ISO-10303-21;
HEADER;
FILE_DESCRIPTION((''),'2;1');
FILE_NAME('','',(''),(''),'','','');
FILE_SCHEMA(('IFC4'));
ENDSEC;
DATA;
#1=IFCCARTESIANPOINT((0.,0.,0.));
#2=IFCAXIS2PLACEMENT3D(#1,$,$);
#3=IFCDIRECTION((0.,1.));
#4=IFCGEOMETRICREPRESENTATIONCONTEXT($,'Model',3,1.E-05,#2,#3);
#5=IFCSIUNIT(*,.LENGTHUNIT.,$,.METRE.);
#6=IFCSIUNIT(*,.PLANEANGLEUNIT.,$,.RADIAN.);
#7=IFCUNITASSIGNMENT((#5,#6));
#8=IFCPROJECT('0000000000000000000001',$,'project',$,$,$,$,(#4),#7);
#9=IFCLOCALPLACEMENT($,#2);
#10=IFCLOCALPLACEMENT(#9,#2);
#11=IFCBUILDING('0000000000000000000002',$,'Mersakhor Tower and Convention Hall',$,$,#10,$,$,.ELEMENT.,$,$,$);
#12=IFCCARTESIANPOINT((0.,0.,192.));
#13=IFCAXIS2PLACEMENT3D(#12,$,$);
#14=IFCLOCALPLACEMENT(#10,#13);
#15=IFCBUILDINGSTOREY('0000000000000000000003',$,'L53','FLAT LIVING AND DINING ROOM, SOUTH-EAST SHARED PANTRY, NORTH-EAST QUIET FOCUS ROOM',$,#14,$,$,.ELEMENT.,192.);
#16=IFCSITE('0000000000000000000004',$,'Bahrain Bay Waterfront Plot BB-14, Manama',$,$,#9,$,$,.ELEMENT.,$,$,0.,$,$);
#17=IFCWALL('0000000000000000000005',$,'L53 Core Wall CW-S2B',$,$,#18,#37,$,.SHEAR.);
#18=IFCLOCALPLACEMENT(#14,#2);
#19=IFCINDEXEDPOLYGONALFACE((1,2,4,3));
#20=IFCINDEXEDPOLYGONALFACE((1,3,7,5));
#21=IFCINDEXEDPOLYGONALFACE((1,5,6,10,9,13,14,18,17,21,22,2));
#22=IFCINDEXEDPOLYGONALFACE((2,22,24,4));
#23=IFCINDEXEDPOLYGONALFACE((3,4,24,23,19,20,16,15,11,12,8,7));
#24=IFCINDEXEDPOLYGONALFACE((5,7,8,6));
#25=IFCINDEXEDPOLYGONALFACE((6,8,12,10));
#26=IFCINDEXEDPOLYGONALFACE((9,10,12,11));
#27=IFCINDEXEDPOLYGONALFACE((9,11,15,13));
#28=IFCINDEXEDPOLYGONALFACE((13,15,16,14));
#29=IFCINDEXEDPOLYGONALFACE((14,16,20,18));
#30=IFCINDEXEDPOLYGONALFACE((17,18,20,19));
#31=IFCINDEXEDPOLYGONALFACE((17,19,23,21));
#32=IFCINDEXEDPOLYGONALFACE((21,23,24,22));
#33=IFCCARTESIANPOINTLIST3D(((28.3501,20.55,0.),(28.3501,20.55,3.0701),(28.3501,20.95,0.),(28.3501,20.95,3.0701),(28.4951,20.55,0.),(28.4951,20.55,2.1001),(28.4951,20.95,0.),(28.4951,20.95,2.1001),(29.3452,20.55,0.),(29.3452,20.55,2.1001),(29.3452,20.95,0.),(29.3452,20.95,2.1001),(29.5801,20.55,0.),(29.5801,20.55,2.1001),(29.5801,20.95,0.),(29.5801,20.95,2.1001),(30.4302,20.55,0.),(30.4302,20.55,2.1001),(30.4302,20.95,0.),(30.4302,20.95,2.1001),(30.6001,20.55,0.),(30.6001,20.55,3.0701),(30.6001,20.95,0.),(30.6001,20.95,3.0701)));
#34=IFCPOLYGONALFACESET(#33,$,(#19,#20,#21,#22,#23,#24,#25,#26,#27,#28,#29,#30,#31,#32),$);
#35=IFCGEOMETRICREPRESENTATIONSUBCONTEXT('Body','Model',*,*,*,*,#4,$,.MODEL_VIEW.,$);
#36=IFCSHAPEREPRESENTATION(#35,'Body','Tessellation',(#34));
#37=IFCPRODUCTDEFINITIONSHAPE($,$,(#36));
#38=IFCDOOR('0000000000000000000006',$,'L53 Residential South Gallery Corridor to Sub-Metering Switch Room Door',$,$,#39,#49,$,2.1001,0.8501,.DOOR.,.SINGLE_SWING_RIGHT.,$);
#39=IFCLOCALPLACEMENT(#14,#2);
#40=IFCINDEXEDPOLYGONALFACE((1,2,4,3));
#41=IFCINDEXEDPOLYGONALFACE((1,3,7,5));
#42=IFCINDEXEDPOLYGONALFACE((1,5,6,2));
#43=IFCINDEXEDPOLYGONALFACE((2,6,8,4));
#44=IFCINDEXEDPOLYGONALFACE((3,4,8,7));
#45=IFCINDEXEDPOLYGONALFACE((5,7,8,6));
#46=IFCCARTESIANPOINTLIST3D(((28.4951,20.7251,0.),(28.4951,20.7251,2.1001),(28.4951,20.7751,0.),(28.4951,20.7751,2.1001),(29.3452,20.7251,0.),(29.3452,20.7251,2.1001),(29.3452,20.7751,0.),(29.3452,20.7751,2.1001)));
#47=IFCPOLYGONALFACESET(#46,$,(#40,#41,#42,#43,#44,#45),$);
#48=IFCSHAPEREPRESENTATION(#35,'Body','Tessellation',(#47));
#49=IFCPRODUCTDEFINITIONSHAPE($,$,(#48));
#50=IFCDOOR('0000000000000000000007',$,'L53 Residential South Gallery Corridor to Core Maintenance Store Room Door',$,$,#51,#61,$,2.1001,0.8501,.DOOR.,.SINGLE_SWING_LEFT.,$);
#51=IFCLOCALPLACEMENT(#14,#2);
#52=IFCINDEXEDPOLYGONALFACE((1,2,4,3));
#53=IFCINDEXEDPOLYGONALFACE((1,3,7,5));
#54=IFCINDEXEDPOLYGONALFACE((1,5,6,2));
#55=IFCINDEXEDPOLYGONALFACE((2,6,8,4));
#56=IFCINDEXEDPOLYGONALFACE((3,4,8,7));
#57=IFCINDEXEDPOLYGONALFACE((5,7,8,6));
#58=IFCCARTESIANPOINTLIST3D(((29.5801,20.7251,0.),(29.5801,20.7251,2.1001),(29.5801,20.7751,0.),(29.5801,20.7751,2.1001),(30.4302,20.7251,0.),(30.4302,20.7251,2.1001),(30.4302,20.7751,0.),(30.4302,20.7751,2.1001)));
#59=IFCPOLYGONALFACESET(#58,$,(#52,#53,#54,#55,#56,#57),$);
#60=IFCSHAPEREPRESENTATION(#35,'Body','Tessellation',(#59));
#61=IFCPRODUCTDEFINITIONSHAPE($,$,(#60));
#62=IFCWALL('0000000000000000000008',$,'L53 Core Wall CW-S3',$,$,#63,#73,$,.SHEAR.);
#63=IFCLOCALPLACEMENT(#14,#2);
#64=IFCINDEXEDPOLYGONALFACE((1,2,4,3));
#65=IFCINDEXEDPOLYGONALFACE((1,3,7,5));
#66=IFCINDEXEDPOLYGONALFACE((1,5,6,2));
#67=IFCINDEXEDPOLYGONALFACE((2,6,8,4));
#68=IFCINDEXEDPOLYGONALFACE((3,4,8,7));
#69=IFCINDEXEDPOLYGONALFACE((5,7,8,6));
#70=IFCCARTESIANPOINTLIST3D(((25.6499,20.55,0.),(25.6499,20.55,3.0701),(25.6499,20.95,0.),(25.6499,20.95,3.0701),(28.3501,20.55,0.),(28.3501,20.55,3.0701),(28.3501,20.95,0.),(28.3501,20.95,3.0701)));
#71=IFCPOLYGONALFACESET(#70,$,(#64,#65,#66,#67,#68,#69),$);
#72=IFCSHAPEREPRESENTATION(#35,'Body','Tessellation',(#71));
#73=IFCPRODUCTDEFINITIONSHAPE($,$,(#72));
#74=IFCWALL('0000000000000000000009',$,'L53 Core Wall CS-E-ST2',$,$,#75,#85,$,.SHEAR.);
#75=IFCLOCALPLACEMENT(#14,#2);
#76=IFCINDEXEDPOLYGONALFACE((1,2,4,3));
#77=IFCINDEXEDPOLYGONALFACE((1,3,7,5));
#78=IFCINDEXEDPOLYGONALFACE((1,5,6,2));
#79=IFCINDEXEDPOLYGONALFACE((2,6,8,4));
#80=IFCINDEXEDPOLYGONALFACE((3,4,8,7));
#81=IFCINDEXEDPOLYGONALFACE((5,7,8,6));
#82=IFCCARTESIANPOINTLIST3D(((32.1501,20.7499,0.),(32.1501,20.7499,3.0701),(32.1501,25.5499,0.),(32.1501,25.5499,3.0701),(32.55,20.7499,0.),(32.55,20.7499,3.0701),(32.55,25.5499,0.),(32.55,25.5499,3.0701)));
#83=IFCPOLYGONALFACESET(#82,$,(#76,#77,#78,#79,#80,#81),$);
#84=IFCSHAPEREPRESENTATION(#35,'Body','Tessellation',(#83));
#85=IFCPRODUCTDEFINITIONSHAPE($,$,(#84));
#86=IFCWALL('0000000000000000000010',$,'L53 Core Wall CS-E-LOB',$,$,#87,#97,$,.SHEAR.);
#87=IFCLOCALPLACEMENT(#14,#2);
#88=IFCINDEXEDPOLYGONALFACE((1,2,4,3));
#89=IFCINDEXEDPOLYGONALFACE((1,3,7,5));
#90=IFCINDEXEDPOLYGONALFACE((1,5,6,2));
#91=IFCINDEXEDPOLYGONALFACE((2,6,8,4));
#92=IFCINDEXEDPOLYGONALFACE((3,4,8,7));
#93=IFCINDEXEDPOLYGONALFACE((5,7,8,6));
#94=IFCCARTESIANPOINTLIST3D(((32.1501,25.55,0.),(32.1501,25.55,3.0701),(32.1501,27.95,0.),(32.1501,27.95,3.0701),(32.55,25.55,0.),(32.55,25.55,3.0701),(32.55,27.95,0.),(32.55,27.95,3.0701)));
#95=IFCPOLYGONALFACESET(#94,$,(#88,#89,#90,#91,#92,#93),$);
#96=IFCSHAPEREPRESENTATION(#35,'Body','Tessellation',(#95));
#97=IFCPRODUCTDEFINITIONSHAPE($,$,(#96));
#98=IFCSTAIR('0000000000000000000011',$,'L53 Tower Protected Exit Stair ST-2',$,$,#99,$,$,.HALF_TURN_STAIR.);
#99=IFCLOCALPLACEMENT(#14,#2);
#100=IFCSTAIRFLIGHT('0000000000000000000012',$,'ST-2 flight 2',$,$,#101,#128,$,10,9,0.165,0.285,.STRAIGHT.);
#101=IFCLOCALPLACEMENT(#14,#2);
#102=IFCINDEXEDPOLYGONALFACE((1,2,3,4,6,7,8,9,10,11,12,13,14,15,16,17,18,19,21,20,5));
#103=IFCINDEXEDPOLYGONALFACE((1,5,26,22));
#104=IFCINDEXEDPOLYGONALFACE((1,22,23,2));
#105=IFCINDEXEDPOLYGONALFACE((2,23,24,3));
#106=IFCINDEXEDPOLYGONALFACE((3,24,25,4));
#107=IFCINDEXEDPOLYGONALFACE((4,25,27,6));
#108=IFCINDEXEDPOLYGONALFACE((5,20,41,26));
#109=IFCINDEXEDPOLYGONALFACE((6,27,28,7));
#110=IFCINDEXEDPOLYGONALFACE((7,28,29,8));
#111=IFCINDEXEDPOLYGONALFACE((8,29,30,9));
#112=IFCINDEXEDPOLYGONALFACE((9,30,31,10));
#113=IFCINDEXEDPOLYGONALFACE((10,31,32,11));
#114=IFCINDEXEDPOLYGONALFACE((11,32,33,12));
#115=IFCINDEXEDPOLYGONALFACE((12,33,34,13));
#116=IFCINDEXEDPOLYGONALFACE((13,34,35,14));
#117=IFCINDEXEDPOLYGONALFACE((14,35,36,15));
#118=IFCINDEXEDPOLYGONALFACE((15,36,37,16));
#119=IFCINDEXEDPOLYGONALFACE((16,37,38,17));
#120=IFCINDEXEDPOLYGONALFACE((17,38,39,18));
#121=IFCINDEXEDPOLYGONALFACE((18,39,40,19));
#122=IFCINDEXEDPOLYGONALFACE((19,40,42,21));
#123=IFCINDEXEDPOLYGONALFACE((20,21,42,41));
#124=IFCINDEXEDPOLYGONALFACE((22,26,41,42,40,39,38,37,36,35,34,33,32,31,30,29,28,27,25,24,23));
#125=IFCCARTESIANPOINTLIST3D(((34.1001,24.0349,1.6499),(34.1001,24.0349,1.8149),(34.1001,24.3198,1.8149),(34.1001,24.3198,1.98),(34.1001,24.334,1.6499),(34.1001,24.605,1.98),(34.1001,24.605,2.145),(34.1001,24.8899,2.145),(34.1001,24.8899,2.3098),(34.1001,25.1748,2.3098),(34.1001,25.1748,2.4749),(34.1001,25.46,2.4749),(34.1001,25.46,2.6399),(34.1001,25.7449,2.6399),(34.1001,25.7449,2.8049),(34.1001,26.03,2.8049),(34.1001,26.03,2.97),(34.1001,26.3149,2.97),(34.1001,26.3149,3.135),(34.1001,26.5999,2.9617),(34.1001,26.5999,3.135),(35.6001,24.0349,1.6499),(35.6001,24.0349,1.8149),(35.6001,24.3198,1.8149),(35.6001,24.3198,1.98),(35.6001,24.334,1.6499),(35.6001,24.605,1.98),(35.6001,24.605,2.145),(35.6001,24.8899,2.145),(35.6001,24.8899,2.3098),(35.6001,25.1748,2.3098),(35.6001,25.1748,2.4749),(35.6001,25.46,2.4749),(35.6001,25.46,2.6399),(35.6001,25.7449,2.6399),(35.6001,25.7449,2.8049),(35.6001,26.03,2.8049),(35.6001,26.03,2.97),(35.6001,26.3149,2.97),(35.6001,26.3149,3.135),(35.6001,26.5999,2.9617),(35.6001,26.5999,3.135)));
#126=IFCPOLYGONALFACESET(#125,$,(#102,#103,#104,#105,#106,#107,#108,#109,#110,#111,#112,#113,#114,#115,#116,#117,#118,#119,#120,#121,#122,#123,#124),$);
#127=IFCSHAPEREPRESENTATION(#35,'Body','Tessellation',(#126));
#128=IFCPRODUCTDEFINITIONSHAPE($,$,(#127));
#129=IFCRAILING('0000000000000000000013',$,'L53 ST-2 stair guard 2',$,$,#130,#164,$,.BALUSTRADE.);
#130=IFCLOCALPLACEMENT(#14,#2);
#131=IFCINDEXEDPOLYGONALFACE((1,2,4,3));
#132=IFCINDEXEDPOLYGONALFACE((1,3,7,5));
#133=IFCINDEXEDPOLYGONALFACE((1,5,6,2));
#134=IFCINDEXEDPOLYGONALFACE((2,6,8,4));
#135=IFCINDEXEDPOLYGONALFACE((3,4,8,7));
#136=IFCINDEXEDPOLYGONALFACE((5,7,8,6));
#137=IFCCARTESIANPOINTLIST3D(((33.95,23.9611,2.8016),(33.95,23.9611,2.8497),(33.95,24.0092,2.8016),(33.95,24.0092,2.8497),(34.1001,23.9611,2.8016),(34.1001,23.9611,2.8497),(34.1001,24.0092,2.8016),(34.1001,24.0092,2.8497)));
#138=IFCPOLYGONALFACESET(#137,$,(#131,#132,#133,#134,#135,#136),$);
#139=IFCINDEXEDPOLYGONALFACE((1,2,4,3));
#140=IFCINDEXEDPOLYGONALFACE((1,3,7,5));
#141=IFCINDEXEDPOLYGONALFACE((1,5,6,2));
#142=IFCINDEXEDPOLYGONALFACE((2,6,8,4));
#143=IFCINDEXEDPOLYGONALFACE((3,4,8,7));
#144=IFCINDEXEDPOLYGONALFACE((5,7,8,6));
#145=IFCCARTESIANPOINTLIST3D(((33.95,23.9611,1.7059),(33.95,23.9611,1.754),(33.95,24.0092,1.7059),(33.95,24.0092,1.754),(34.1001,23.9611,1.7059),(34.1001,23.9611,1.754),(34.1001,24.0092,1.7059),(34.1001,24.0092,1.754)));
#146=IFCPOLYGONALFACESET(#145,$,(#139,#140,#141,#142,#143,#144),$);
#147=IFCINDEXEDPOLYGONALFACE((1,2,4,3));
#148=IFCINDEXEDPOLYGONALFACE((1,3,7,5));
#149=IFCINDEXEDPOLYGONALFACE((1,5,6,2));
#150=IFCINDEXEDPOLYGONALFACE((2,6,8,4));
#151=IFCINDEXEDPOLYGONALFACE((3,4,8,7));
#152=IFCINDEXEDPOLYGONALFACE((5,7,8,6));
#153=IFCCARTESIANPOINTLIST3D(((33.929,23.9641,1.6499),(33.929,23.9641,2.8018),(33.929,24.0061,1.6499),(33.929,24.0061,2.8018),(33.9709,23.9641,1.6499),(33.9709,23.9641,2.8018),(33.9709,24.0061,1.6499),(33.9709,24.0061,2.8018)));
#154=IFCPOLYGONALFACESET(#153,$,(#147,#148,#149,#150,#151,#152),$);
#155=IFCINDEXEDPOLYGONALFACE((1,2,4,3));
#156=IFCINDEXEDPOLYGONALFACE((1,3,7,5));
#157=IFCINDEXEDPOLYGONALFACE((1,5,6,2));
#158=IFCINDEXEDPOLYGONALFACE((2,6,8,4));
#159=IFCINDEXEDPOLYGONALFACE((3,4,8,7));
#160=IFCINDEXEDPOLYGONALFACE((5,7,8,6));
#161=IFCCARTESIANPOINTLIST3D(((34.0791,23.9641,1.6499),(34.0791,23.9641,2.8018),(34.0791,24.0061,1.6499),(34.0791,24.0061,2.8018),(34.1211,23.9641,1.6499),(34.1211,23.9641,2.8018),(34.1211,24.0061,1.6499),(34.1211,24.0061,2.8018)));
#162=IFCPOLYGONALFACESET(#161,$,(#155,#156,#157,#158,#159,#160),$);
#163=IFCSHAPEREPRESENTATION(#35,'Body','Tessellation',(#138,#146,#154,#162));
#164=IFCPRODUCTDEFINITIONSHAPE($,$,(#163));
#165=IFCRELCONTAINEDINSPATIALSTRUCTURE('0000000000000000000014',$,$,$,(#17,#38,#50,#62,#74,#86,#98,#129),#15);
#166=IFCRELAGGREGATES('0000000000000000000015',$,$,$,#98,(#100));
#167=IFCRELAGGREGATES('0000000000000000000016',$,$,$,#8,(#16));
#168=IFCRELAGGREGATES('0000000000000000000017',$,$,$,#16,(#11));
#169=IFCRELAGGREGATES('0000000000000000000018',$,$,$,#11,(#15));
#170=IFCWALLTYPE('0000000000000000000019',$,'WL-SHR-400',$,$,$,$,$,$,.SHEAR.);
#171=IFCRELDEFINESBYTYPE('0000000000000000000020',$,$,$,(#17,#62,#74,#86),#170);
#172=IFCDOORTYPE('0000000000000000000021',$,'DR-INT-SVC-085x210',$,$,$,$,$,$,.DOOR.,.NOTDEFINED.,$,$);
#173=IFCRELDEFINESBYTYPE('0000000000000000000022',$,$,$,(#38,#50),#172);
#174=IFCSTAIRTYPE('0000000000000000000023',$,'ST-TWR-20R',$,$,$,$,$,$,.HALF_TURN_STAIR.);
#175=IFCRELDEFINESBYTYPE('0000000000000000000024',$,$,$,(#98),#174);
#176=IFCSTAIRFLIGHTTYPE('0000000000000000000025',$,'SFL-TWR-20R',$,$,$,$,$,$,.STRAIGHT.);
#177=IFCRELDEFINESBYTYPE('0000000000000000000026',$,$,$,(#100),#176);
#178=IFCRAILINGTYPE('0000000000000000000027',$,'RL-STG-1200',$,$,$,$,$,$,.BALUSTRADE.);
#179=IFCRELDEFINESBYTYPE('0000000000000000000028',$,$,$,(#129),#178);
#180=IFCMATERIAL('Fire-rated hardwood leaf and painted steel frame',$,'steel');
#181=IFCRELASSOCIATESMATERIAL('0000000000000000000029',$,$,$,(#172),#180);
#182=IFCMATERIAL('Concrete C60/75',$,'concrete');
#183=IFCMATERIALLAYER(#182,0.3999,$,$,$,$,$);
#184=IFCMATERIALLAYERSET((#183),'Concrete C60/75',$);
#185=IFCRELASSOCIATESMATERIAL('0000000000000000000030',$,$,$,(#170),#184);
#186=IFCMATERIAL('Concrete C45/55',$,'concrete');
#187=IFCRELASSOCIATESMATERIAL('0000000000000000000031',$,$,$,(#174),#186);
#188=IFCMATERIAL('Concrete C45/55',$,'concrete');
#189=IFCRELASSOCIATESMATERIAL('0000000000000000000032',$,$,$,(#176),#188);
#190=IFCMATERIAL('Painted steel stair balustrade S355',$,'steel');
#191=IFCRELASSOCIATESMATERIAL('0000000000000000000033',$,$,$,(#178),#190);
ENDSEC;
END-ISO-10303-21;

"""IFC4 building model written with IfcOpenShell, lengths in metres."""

from ifc_helpers import new_model, si_unit, direction, frame, frame_2d, origin, origin_2d, place, context, subcontext, project, spatial, polyline, rectangle, outline, extrude, material, layer, layer_set, type_object, element, fill, aggregate, save


model = new_model("IFC4")

# Units and contexts
model_context = context("Model", 3, precision=1e-05, world=origin(), true_north=direction((0.0, 1.0)))
body_context = subcontext(model_context, "Body", "Model", "MODEL_VIEW")
ifc_project = project(units=[si_unit("LENGTHUNIT", "METRE"), si_unit("PLANEANGLEUNIT", "RADIAN")], contexts=[model_context])

# Site, building, storey
site_placement = place(None, origin())
site = spatial("IfcSite", under=ifc_project, at=site_placement, Name="Bahrain Bay Waterfront Plot BB-14, Manama", CompositionType="ELEMENT", RefElevation=0.0)
building_placement = place(site_placement, origin())
building = spatial("IfcBuilding", under=site, at=building_placement, Name="Mersakhor Tower and Convention Hall", CompositionType="ELEMENT")
storey_placement = place(building_placement, frame((0.0, 0.0, 192.0)))
storey = spatial("IfcBuildingStorey", under=building, at=storey_placement, Name="L53", Description="FLAT LIVING AND DINING ROOM, SOUTH-EAST SHARED PANTRY, NORTH-EAST QUIET FOCUS ROOM", CompositionType="ELEMENT", Elevation=192.0)

# Shared definitions
ifc_material_1 = material(Name="Fire-rated hardwood leaf and painted steel frame", Category="steel")
door_type_1 = type_object("IfcDoorType", Name="DR-INT-SVC-085x210", OperationType="NOTDEFINED", PredefinedType="DOOR", material=ifc_material_1)

# Shared definitions
ifc_material_2 = material(Name="Concrete C60/75", Category="concrete")
ifc_layer_1 = layer(ifc_material_2, 0.3999)
ifc_layer_set_1 = layer_set([ifc_layer_1], Name="Concrete C60/75")
wall_type_1 = type_object("IfcWallType", Name="WL-SHR-400", PredefinedType="SHEAR", material=ifc_layer_set_1)

# Wall, openings, doors
wall_1_placement = place(storey_placement, frame((30.6001, 20.75, 0.0), z_axis=(0.0, 0.0, 1.0), x_axis=(-1.0, 0.0, 0.0)))
wall_1 = element("IfcWall", 1, at=wall_1_placement, inside=storey, type_object=wall_type_1, Name="L53 Core Wall CW-S2B", PredefinedType="SHEAR", context=body_context, shape_type="SweptSolid", body=[
    extrude(rectangle(XDim=2.25, YDim=0.3999, at=frame_2d((1.125, 0.0))), origin(), (0.0, 0.0, 1.0), 3.0701),
])
opening_1_placement = place(wall_1_placement, frame((1.2549, 0.0, 0.0)))
opening_1 = element("IfcOpeningElement", 2, at=opening_1_placement, cuts=wall_1, PredefinedType="OPENING", context=body_context, shape_type="SweptSolid", body=[
    extrude(rectangle(XDim=0.8501, YDim=2.1001, at=frame_2d((0.425, 1.05))), frame((0.0, 0.21, 0.0), z_axis=(0.0, -1.0, 0.0), x_axis=(1.0, 0.0, 0.0)), (0.0, 0.0, 1.0), 0.4199),
])
opening_2_placement = place(wall_1_placement, frame((0.1699, 0.0, 0.0)))
opening_2 = element("IfcOpeningElement", 3, at=opening_2_placement, cuts=wall_1, PredefinedType="OPENING", context=body_context, shape_type="SweptSolid", body=[
    extrude(rectangle(XDim=0.8501, YDim=2.1001, at=frame_2d((0.425, 1.05))), frame((0.0, 0.21, 0.0), z_axis=(0.0, -1.0, 0.0), x_axis=(1.0, 0.0, 0.0)), (0.0, 0.0, 1.0), 0.4199),
])
door_1_placement = place(opening_1_placement, origin())
door_1 = element("IfcDoor", 4, at=door_1_placement, inside=storey, type_object=door_type_1, Name="L53 Residential South Gallery Corridor to Sub-Metering Switch Room Door", OperationType="SINGLE_SWING_RIGHT", OverallHeight=2.1001, OverallWidth=0.8501, PredefinedType="DOOR", context=body_context, shape_type="SweptSolid", body=[
    extrude(rectangle(XDim=0.8501, YDim=2.1001, at=frame_2d((0.425, 1.05))), frame((0.0, 0.0249, 0.0), z_axis=(0.0, -1.0, 0.0), x_axis=(1.0, 0.0, 0.0)), (0.0, 0.0, 1.0), 0.05),
])
fill(opening_1, door_1)
door_2_placement = place(opening_2_placement, origin())
door_2 = element("IfcDoor", 5, at=door_2_placement, inside=storey, type_object=door_type_1, Name="L53 Residential South Gallery Corridor to Core Maintenance Store Room Door", OperationType="SINGLE_SWING_LEFT", OverallHeight=2.1001, OverallWidth=0.8501, PredefinedType="DOOR", context=body_context, shape_type="SweptSolid", body=[
    extrude(rectangle(XDim=0.8501, YDim=2.1001, at=frame_2d((0.425, 1.05))), frame((0.0, 0.0249, 0.0), z_axis=(0.0, -1.0, 0.0), x_axis=(1.0, 0.0, 0.0)), (0.0, 0.0, 1.0), 0.05),
])
fill(opening_2, door_2)

# Walls
wall_2_placement = place(storey_placement, frame((28.3501, 20.75, 0.0), z_axis=(0.0, 0.0, 1.0), x_axis=(-1.0, 0.0, 0.0)))
element("IfcWall", 6, at=wall_2_placement, inside=storey, type_object=wall_type_1, Name="L53 Core Wall CW-S3", PredefinedType="SHEAR", context=body_context, shape_type="SweptSolid", body=[
    extrude(rectangle(XDim=2.7002, YDim=0.3999, at=frame_2d((1.3501, 0.0))), origin(), (0.0, 0.0, 1.0), 3.0701),
])
wall_3_placement = place(storey_placement, frame((32.3501, 20.75, 0.0), z_axis=(0.0, 0.0, 1.0), x_axis=(0.0, 1.0, 0.0)))
element("IfcWall", 7, at=wall_3_placement, inside=storey, type_object=wall_type_1, Name="L53 Core Wall CS-E-ST2", PredefinedType="SHEAR", context=body_context, shape_type="SweptSolid", body=[
    extrude(rectangle(XDim=4.8, YDim=0.3999, at=frame_2d((2.3999, 0.0))), origin(), (0.0, 0.0, 1.0), 3.0701),
])
wall_4_placement = place(storey_placement, frame((32.3501, 25.55, 0.0), z_axis=(0.0, 0.0, 1.0), x_axis=(0.0, 1.0, 0.0)))
element("IfcWall", 8, at=wall_4_placement, inside=storey, type_object=wall_type_1, Name="L53 Core Wall CS-E-LOB", PredefinedType="SHEAR", context=body_context, shape_type="SweptSolid", body=[
    extrude(rectangle(XDim=2.3999, YDim=0.3999, at=frame_2d((1.2, 0.0))), origin(), (0.0, 0.0, 1.0), 3.0701),
])

# Stair, stair flight
ifc_material_3 = material(Name="Concrete C45/55", Category="concrete")
stair_type = type_object("IfcStairType", Name="ST-TWR-20R", PredefinedType="HALF_TURN_STAIR", material=ifc_material_3)
stair_placement = place(storey_placement, origin())
stair = element("IfcStair", 9, at=stair_placement, inside=storey, type_object=stair_type, Name="L53 Tower Protected Exit Stair ST-2", PredefinedType="HALF_TURN_STAIR")
ifc_material_4 = material(Name="Concrete C45/55", Category="concrete")
stair_flight_type = type_object("IfcStairFlightType", Name="SFL-TWR-20R", PredefinedType="STRAIGHT", material=ifc_material_4)
stair_flight_placement = place(storey_placement, frame((34.8501, 24.0349, 1.6499), z_axis=(0.0, 0.0, 1.0), x_axis=(0.0, 1.0, 0.0)))
stair_flight = element("IfcStairFlight", 10, at=stair_flight_placement, type_object=stair_flight_type, Name="ST-2 flight 2", NumberOfRisers=10, NumberOfTreads=9, PredefinedType="STRAIGHT", RiserHeight=0.165, TreadLength=0.285, context=body_context, shape_type="SweptSolid", body=[
    extrude(outline(polyline([(0.0, 0.0), (0.0, 0.165), (0.2849, 0.165), (0.2849, 0.3301), (0.5701, 0.3301), (0.5701, 0.4951), (0.855, 0.4951), (0.855, 0.6599), (1.1399, 0.6599), (1.1399, 0.825), (1.425, 0.825), (1.425, 0.99), (1.71, 0.99), (1.71, 1.155), (1.9951, 1.155), (1.9951, 1.3201), (2.28, 1.3201), (2.28, 1.4851), (2.5649, 1.4851), (2.5649, 1.6499), (2.5649, 1.3118), (0.2991, 0.0), (0.0, 0.0)])), frame((0.0, 0.75, 0.0), z_axis=(0.0, -1.0, 0.0), x_axis=(1.0, 0.0, 0.0)), (0.0, 0.0, 1.0), 1.5),
])
aggregate(stair, [stair_flight])

# Railing
ifc_material_5 = material(Name="Painted steel stair balustrade S355", Category="steel")
railing_type = type_object("IfcRailingType", Name="RL-STG-1200", PredefinedType="BALUSTRADE", material=ifc_material_5)
railing_1_placement = place(storey_placement, frame((33.95, 23.9851, 1.6499)))
element("IfcRailing", 11, at=railing_1_placement, inside=storey, type_object=railing_type, Name="L53 ST-2 stair guard 2", PredefinedType="BALUSTRADE", context=body_context, shape_type="SweptSolid", body=[
    extrude(rectangle(XDim=0.0481, YDim=0.0481, at=origin_2d()), frame((0.0, 0.0, 1.1758), z_axis=(1.0, 0.0, 0.0), x_axis=(0.0, 1.0, 0.0)), (0.0, 0.0, 1.0), 0.1501),
    extrude(rectangle(XDim=0.0481, YDim=0.0481, at=origin_2d()), frame((0.0, 0.0, 0.0801), z_axis=(1.0, 0.0, 0.0), x_axis=(0.0, 1.0, 0.0)), (0.0, 0.0, 1.0), 0.1501),
    extrude(rectangle(XDim=0.042, YDim=0.042, at=origin_2d()), origin(), (0.0, 0.0, 1.0), 1.1519),
    extrude(rectangle(XDim=0.042, YDim=0.042, at=origin_2d()), frame((0.1501, 0.0, 0.0)), (0.0, 0.0, 1.0), 1.1519),
])

save(model, "model.ifc")
